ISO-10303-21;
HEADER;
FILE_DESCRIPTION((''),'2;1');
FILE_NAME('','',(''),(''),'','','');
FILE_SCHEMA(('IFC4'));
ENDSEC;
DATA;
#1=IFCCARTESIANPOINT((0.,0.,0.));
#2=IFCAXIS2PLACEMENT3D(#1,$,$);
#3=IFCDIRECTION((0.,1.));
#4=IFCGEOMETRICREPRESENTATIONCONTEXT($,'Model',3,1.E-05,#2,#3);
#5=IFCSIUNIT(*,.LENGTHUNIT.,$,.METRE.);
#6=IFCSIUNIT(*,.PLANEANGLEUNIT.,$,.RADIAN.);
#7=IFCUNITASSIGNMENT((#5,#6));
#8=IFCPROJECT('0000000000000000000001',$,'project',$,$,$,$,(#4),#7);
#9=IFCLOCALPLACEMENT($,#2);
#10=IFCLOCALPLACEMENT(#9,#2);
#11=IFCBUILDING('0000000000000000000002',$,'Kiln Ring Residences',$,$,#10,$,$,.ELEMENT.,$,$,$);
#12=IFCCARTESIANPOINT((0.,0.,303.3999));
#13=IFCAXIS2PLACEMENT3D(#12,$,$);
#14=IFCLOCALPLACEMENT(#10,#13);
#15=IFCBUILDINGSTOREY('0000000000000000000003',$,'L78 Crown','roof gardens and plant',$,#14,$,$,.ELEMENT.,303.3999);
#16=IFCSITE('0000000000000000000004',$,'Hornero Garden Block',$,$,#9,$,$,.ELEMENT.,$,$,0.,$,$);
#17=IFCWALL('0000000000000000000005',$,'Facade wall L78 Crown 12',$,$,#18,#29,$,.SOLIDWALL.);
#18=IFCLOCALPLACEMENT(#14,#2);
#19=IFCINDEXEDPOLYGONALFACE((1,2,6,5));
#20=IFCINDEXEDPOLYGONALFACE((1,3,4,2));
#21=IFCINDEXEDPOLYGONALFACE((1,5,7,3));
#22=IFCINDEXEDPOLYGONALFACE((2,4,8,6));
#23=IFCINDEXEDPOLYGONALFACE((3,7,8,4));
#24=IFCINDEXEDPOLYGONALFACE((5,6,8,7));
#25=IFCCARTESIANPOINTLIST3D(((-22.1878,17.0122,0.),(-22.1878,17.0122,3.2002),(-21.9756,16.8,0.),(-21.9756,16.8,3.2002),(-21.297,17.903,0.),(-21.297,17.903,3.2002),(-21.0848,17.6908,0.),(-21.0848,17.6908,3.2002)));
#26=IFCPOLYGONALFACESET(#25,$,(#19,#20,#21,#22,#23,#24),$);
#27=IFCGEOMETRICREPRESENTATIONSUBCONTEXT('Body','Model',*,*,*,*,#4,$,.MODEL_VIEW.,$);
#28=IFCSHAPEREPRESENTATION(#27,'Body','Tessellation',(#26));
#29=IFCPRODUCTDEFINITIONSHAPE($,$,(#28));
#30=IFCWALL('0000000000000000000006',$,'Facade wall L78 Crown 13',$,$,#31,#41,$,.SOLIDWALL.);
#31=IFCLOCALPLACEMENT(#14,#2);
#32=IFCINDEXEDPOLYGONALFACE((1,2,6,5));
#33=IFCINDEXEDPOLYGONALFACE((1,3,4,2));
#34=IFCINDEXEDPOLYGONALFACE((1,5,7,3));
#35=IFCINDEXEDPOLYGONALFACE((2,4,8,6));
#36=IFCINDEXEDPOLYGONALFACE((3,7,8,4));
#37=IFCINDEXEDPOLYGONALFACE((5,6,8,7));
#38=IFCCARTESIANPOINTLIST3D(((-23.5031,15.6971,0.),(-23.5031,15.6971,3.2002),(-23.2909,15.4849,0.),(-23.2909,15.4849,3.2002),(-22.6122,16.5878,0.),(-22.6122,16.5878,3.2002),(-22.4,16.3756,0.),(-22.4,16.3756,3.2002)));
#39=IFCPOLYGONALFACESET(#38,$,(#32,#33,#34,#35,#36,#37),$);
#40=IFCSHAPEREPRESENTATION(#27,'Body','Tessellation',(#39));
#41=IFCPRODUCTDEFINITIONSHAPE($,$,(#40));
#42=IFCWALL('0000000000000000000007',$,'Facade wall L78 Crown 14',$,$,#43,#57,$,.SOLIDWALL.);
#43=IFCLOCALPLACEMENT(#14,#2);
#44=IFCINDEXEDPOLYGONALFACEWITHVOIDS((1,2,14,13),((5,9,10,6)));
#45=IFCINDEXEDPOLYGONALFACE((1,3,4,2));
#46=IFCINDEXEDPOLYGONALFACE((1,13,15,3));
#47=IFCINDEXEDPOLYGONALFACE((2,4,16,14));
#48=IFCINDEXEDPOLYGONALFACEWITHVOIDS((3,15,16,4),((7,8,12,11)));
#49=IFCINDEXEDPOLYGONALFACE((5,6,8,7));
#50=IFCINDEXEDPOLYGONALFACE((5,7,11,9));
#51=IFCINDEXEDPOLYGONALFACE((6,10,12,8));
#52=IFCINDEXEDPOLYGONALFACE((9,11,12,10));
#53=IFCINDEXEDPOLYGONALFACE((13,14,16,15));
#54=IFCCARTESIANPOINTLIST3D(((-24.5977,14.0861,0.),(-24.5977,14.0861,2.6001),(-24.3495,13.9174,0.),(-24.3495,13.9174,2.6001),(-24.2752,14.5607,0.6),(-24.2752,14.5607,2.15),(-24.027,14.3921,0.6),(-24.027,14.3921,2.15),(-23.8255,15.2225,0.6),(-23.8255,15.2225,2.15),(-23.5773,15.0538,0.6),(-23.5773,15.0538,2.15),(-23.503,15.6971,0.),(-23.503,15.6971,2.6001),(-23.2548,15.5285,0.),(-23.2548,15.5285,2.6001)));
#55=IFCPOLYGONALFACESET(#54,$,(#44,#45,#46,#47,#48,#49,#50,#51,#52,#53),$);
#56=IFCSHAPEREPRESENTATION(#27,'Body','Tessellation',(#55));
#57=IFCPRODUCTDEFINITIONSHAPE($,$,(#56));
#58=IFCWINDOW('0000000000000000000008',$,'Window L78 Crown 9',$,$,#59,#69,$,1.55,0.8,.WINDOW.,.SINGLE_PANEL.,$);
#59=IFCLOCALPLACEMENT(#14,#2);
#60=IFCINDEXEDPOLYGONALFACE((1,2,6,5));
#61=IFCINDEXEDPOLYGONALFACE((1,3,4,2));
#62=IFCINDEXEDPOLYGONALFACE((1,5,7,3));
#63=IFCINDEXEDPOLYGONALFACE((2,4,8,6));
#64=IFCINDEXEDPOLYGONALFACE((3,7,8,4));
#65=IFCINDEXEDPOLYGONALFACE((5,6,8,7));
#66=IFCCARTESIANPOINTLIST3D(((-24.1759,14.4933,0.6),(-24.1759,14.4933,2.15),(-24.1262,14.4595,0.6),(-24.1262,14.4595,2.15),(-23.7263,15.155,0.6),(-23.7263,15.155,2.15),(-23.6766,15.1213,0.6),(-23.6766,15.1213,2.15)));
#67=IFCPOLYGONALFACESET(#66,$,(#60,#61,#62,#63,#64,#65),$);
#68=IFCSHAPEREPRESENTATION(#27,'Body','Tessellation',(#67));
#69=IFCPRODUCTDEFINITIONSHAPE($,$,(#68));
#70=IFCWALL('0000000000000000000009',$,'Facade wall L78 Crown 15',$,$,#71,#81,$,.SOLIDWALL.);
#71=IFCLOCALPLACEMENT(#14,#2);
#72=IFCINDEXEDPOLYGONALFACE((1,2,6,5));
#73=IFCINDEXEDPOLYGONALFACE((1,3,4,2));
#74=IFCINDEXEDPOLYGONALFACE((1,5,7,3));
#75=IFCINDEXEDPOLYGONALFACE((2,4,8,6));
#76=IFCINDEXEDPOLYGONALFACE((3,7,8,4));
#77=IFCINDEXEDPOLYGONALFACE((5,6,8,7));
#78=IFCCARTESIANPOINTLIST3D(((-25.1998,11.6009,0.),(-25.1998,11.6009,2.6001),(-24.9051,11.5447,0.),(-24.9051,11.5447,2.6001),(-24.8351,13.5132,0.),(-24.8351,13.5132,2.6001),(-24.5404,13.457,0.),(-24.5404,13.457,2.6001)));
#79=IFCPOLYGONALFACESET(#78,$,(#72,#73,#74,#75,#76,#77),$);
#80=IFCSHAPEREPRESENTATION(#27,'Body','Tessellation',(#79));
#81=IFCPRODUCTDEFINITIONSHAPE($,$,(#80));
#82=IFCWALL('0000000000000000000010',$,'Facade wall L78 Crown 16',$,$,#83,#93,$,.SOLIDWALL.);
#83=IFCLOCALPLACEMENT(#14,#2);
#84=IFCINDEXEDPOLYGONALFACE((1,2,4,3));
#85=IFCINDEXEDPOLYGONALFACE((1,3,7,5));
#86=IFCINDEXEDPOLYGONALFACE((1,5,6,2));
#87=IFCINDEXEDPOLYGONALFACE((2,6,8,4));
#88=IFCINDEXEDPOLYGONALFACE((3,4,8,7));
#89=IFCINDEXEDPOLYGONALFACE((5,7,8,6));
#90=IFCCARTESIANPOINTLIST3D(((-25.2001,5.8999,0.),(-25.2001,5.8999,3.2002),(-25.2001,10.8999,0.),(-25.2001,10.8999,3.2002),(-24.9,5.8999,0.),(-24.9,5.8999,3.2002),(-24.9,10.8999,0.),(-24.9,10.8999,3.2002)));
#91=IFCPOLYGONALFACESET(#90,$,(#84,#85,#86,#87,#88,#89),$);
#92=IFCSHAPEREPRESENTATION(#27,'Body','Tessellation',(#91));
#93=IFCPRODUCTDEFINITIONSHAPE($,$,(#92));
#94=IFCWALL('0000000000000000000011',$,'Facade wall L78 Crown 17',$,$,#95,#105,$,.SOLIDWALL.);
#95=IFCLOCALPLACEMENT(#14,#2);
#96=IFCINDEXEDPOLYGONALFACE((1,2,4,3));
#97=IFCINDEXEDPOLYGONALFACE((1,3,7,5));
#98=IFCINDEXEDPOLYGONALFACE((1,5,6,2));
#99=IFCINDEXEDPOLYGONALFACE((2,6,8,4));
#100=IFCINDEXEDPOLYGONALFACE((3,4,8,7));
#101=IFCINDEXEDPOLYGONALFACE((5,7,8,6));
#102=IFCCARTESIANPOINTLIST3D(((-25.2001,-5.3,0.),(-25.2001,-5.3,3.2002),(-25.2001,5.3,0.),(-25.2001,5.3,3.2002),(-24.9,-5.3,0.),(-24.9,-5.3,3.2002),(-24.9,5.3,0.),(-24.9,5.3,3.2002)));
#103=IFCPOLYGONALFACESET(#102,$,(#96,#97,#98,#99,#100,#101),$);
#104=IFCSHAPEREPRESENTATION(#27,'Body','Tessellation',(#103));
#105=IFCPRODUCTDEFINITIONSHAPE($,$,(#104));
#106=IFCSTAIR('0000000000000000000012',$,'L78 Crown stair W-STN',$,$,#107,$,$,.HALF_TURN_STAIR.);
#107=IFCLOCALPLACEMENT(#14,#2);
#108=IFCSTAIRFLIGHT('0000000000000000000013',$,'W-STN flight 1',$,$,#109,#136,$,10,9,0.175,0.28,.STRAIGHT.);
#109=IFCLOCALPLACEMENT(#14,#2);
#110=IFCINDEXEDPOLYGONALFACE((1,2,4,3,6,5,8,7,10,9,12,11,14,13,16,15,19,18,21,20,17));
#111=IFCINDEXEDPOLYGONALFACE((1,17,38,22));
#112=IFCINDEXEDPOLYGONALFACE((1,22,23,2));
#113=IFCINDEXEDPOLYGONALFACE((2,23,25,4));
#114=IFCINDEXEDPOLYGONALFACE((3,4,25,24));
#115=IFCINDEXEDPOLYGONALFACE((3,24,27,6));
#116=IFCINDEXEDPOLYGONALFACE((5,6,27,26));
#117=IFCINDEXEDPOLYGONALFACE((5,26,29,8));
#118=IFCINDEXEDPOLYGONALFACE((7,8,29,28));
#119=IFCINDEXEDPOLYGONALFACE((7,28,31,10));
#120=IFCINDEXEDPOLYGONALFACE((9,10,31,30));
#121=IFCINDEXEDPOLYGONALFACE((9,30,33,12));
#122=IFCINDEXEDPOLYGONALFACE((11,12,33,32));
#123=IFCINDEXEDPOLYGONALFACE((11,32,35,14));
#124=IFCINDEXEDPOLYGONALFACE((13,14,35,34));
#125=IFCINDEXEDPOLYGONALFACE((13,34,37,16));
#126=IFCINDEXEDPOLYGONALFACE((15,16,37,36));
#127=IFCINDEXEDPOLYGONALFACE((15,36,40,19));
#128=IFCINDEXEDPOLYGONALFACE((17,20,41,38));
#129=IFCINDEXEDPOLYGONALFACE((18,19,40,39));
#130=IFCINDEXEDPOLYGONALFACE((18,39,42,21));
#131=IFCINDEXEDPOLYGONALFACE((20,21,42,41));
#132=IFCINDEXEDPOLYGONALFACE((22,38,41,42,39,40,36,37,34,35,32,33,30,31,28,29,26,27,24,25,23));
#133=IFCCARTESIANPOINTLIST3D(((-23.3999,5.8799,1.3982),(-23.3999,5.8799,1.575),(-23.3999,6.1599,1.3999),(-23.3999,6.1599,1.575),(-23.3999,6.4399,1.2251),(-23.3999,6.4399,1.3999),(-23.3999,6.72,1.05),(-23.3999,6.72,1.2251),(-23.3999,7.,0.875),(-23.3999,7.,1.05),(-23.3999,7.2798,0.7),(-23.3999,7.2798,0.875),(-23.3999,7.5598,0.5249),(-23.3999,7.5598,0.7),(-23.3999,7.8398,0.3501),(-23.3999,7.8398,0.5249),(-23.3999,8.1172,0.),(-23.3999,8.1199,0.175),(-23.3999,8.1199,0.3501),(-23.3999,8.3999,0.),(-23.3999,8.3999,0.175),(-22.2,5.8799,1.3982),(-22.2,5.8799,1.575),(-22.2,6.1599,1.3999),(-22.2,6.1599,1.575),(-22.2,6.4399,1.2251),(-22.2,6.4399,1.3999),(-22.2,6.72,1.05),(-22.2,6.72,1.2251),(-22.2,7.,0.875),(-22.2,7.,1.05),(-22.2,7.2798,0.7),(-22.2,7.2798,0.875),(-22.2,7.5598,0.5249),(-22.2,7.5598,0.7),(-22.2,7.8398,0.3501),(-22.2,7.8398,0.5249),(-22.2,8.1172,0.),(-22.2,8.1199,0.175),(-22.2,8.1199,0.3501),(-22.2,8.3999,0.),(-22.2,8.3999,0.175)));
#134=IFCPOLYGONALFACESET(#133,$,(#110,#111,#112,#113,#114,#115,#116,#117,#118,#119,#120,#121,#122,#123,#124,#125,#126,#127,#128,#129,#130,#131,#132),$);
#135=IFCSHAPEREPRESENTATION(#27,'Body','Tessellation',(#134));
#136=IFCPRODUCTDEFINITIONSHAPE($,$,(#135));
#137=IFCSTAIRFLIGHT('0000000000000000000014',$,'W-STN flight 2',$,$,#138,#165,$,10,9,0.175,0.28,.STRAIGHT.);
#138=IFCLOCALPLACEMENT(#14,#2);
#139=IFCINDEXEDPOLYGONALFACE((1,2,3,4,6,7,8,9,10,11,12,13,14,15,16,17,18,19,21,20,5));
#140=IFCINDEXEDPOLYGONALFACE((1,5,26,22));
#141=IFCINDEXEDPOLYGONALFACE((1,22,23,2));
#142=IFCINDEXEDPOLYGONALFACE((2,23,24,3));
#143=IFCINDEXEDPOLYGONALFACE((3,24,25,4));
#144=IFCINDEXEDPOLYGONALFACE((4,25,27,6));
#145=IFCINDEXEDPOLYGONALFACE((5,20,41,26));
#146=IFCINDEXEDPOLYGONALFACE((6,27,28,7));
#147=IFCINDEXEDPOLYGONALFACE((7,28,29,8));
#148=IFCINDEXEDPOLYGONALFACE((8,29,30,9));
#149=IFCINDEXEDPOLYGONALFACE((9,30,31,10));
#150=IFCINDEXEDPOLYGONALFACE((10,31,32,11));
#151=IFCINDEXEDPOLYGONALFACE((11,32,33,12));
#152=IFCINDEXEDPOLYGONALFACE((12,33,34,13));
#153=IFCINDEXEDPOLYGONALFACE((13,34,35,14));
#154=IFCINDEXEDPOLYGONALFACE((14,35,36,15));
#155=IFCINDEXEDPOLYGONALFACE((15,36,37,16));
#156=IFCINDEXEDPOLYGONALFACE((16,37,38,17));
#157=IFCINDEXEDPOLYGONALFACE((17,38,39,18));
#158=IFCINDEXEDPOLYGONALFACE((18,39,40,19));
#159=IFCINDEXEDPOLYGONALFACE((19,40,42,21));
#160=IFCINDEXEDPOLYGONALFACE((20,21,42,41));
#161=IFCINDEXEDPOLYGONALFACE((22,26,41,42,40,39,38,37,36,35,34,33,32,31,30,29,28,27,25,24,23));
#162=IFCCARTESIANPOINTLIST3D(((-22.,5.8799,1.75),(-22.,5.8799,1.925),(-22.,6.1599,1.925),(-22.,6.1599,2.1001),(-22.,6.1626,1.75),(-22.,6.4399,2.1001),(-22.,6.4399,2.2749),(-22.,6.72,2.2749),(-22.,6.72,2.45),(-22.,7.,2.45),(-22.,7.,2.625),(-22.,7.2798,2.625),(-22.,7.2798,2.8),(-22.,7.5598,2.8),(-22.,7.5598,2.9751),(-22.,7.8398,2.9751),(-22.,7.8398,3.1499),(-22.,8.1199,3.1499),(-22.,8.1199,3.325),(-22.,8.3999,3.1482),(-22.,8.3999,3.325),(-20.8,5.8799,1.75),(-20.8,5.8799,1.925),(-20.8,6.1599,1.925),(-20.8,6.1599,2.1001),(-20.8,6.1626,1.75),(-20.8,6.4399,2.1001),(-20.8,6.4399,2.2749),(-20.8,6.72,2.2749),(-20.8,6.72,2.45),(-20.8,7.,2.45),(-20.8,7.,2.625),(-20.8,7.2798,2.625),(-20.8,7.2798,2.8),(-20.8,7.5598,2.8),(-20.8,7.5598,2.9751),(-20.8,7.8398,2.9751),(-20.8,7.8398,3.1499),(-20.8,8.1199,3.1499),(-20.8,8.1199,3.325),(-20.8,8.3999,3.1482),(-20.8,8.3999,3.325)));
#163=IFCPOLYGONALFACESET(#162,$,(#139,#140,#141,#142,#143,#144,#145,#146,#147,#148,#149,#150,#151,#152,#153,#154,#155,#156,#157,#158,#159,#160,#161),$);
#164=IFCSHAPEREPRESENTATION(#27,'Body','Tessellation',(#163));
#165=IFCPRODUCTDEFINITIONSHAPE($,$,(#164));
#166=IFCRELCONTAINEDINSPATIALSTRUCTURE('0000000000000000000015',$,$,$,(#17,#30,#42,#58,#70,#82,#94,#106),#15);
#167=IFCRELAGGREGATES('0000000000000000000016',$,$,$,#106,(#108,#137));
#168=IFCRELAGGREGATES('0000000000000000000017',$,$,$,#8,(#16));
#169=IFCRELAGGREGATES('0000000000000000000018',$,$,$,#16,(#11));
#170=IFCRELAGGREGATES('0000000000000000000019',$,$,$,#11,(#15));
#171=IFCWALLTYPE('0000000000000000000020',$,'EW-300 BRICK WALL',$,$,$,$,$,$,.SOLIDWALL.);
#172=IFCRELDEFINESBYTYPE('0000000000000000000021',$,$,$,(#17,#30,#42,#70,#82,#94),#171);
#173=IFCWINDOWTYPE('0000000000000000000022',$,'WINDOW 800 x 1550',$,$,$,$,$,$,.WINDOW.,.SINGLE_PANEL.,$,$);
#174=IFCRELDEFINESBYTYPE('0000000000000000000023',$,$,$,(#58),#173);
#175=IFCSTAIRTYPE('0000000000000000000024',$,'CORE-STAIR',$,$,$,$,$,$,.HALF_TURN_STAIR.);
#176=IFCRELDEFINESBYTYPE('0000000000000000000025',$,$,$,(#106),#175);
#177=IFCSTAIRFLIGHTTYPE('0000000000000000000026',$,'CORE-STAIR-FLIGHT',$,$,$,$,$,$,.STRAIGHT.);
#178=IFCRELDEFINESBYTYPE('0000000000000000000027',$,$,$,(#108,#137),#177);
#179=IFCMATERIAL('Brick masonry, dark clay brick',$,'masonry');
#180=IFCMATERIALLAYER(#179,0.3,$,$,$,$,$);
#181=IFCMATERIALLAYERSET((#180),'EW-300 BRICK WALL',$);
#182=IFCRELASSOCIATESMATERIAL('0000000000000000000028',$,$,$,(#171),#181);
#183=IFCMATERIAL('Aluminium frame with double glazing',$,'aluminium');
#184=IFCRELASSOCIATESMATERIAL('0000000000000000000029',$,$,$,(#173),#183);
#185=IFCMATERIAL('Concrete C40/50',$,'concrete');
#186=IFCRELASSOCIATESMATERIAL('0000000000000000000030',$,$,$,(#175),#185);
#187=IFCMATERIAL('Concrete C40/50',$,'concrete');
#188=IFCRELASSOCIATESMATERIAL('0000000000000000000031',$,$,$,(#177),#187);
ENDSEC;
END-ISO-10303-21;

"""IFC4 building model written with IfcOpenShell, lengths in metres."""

from ifc_helpers import new_model, si_unit, direction, frame, frame_2d, origin, place, context, subcontext, project, spatial, polyline, rectangle, outline, extrude, material, layer, layer_set, type_object, element, fill, aggregate, save


model = new_model("IFC4")

# Units and contexts
model_context = context("Model", 3, precision=1e-05, world=origin(), true_north=direction((0.0, 1.0)))
body_context = subcontext(model_context, "Body", "Model", "MODEL_VIEW")
ifc_project = project(units=[si_unit("LENGTHUNIT", "METRE"), si_unit("PLANEANGLEUNIT", "RADIAN")], contexts=[model_context])

# Site, building, storey
site_placement = place(None, origin())
site = spatial("IfcSite", under=ifc_project, at=site_placement, Name="Hornero Garden Block", CompositionType="ELEMENT", RefElevation=0.0)
building_placement = place(site_placement, origin())
building = spatial("IfcBuilding", under=site, at=building_placement, Name="Kiln Ring Residences", CompositionType="ELEMENT")
storey_placement = place(building_placement, frame((0.0, 0.0, 303.3999)))
storey = spatial("IfcBuildingStorey", under=building, at=storey_placement, Name="L78 Crown", Description="roof gardens and plant", CompositionType="ELEMENT", Elevation=303.3999)

# Walls
ifc_material_1 = material(Name="Brick masonry, dark clay brick", Category="masonry")
ifc_layer_1 = layer(ifc_material_1, 0.3)
ifc_layer_set_1 = layer_set([ifc_layer_1], Name="EW-300 BRICK WALL")
wall_type_1 = type_object("IfcWallType", Name="EW-300 BRICK WALL", PredefinedType="SOLIDWALL", material=ifc_layer_set_1)
for number, where, z_axis, x_axis, name in (
    (1, (-21.1909, 17.7969, 0.0), (0.0, 0.0, 1.0), (-0.707107, -0.707107, 0.0), "Facade wall L78 Crown 12"),
    (2, (-22.5061, 16.4817, 0.0), (0.0, 0.0, 1.0), (-0.707204, -0.70701, 0.0), "Facade wall L78 Crown 13"),
):
    element("IfcWall", number, at=place(storey_placement, frame(where, z_axis=z_axis, x_axis=x_axis)), inside=storey, type_object=wall_type_1, Name=name, PredefinedType="SOLIDWALL", context=body_context, shape_type="SweptSolid", body=[
        extrude(rectangle(XDim=1.2598, YDim=0.3, at=frame_2d((0.6299, 0.0))), origin(), (0.0, 0.0, 1.0), 3.2002),
    ])

# Wall, opening, window
wall_1_placement = place(storey_placement, frame((-23.3789, 15.6128, 0.0), z_axis=(0.0, 0.0, 1.0), x_axis=(-0.562025, -0.82712, 0.0)))
wall_1 = element("IfcWall", 3, at=wall_1_placement, inside=storey, type_object=wall_type_1, Name="Facade wall L78 Crown 14", PredefinedType="SOLIDWALL", context=body_context, shape_type="SweptSolid", body=[
    extrude(rectangle(XDim=1.9478, YDim=0.3, at=frame_2d((0.9739, 0.0))), origin(), (0.0, 0.0, 1.0), 2.6001),
])
opening_1_placement = place(wall_1_placement, frame((0.574, 0.0, 0.6001)))
opening_1 = element("IfcOpeningElement", 4, at=opening_1_placement, cuts=wall_1, PredefinedType="OPENING", context=body_context, shape_type="SweptSolid", body=[
    extrude(rectangle(XDim=0.8, YDim=1.55, at=frame_2d((0.3999, 0.7749))), frame((0.0, 0.1599, 0.0), z_axis=(0.0, -1.0, 0.0), x_axis=(1.0, 0.0, 0.0)), (0.0, 0.0, 1.0), 0.3201),
])
ifc_material_2 = material(Name="Aluminium frame with double glazing", Category="aluminium")
window_type = type_object("IfcWindowType", Name="WINDOW 800 x 1550", PartitioningType="SINGLE_PANEL", PredefinedType="WINDOW", material=ifc_material_2)
window_placement = place(opening_1_placement, origin())
window = element("IfcWindow", 5, at=window_placement, inside=storey, type_object=window_type, Name="Window L78 Crown 9", OverallHeight=1.55, OverallWidth=0.8, PartitioningType="SINGLE_PANEL", PredefinedType="WINDOW", context=body_context, shape_type="SweptSolid", body=[
    extrude(rectangle(XDim=0.8, YDim=1.55, at=frame_2d((0.3999, 0.7749))), frame((0.0, 0.03, 0.0), z_axis=(0.0, -1.0, 0.0), x_axis=(1.0, 0.0, 0.0)), (0.0, 0.0, 1.0), 0.0601),
])
fill(opening_1, window)

# Walls
wall_2_placement = place(storey_placement, frame((-24.6877, 13.4851, 0.0), z_axis=(0.0, 0.0, 1.0), x_axis=(-0.187354, -0.982292, 0.0)))
element("IfcWall", 6, at=wall_2_placement, inside=storey, type_object=wall_type_1, Name="Facade wall L78 Crown 15", PredefinedType="SOLIDWALL", context=body_context, shape_type="SweptSolid", body=[
    extrude(rectangle(XDim=1.9468, YDim=0.3, at=frame_2d((0.9734, 0.0))), origin(), (0.0, 0.0, 1.0), 2.6001),
])
wall_3_placement = place(storey_placement, frame((-25.05, 10.8999, 0.0), z_axis=(0.0, 0.0, 1.0), x_axis=(0.0, -1.0, 0.0)))
element("IfcWall", 7, at=wall_3_placement, inside=storey, type_object=wall_type_1, Name="Facade wall L78 Crown 16", PredefinedType="SOLIDWALL", context=body_context, shape_type="SweptSolid", body=[
    extrude(rectangle(XDim=5.0, YDim=0.3, at=frame_2d((2.5, 0.0))), origin(), (0.0, 0.0, 1.0), 3.2002),
])
wall_4_placement = place(storey_placement, frame((-25.05, 5.3, 0.0), z_axis=(0.0, 0.0, 1.0), x_axis=(0.0, -1.0, 0.0)))
element("IfcWall", 8, at=wall_4_placement, inside=storey, type_object=wall_type_1, Name="Facade wall L78 Crown 17", PredefinedType="SOLIDWALL", context=body_context, shape_type="SweptSolid", body=[
    extrude(rectangle(XDim=10.6001, YDim=0.3, at=frame_2d((5.3, 0.0))), origin(), (0.0, 0.0, 1.0), 3.2002),
])

# Stair, stair flights
ifc_material_3 = material(Name="Concrete C40/50", Category="concrete")
stair_type = type_object("IfcStairType", Name="CORE-STAIR", PredefinedType="HALF_TURN_STAIR", material=ifc_material_3)
stair_placement = place(storey_placement, origin())
stair = element("IfcStair", 9, at=stair_placement, inside=storey, type_object=stair_type, Name="L78 Crown stair W-STN", PredefinedType="HALF_TURN_STAIR")
ifc_material_4 = material(Name="Concrete C40/50", Category="concrete")
stair_flight_type = type_object("IfcStairFlightType", Name="CORE-STAIR-FLIGHT", PredefinedType="STRAIGHT", material=ifc_material_4)
stair_flight_1_placement = place(storey_placement, frame((-22.8, 8.3999, 0.0), z_axis=(0.0, 0.0, 1.0), x_axis=(0.0, -1.0, 0.0)))
stair_flight_1 = element("IfcStairFlight", 10, at=stair_flight_1_placement, type_object=stair_flight_type, Name="W-STN flight 1", NumberOfRisers=10, NumberOfTreads=9, PredefinedType="STRAIGHT", RiserHeight=0.175, TreadLength=0.28, context=body_context, shape_type="SweptSolid", body=[
    extrude(outline(polyline([(0.0, 0.0), (0.0, 0.175), (0.28, 0.175), (0.28, 0.3501), (0.5601, 0.3501), (0.5601, 0.5249), (0.8401, 0.5249), (0.8401, 0.7), (1.1201, 0.7), (1.1201, 0.875), (1.3999, 0.875), (1.3999, 1.05), (1.6799, 1.05), (1.6799, 1.2251), (1.96, 1.2251), (1.96, 1.3999), (2.24, 1.3999), (2.24, 1.575), (2.52, 1.575), (2.52, 1.75), (2.52, 1.3982), (0.2827, 0.0), (0.0, 0.0)])), frame((0.0, 0.6001, 0.0), z_axis=(0.0, -1.0, 0.0), x_axis=(1.0, 0.0, 0.0)), (0.0, 0.0, 1.0), 1.2),
])
stair_flight_2_placement = place(storey_placement, frame((-21.3999, 5.8799, 1.75), z_axis=(0.0, 0.0, 1.0), x_axis=(0.0, 1.0, 0.0)))
stair_flight_2 = element("IfcStairFlight", 11, at=stair_flight_2_placement, type_object=stair_flight_type, Name="W-STN flight 2", NumberOfRisers=10, NumberOfTreads=9, PredefinedType="STRAIGHT", RiserHeight=0.175, TreadLength=0.28, context=body_context, shape_type="SweptSolid", body=[
    extrude(outline(polyline([(0.0, 0.0), (0.0, 0.175), (0.28, 0.175), (0.28, 0.3501), (0.5601, 0.3501), (0.5601, 0.5249), (0.8401, 0.5249), (0.8401, 0.7), (1.1201, 0.7), (1.1201, 0.875), (1.3999, 0.875), (1.3999, 1.05), (1.6799, 1.05), (1.6799, 1.2251), (1.96, 1.2251), (1.96, 1.3999), (2.24, 1.3999), (2.24, 1.575), (2.52, 1.575), (2.52, 1.75), (2.52, 1.3982), (0.2827, 0.0), (0.0, 0.0)])), frame((0.0, 0.6001, 0.0), z_axis=(0.0, -1.0, 0.0), x_axis=(1.0, 0.0, 0.0)), (0.0, 0.0, 1.0), 1.2),
])
aggregate(stair, [stair_flight_1, stair_flight_2])

save(model, "model.ifc")
